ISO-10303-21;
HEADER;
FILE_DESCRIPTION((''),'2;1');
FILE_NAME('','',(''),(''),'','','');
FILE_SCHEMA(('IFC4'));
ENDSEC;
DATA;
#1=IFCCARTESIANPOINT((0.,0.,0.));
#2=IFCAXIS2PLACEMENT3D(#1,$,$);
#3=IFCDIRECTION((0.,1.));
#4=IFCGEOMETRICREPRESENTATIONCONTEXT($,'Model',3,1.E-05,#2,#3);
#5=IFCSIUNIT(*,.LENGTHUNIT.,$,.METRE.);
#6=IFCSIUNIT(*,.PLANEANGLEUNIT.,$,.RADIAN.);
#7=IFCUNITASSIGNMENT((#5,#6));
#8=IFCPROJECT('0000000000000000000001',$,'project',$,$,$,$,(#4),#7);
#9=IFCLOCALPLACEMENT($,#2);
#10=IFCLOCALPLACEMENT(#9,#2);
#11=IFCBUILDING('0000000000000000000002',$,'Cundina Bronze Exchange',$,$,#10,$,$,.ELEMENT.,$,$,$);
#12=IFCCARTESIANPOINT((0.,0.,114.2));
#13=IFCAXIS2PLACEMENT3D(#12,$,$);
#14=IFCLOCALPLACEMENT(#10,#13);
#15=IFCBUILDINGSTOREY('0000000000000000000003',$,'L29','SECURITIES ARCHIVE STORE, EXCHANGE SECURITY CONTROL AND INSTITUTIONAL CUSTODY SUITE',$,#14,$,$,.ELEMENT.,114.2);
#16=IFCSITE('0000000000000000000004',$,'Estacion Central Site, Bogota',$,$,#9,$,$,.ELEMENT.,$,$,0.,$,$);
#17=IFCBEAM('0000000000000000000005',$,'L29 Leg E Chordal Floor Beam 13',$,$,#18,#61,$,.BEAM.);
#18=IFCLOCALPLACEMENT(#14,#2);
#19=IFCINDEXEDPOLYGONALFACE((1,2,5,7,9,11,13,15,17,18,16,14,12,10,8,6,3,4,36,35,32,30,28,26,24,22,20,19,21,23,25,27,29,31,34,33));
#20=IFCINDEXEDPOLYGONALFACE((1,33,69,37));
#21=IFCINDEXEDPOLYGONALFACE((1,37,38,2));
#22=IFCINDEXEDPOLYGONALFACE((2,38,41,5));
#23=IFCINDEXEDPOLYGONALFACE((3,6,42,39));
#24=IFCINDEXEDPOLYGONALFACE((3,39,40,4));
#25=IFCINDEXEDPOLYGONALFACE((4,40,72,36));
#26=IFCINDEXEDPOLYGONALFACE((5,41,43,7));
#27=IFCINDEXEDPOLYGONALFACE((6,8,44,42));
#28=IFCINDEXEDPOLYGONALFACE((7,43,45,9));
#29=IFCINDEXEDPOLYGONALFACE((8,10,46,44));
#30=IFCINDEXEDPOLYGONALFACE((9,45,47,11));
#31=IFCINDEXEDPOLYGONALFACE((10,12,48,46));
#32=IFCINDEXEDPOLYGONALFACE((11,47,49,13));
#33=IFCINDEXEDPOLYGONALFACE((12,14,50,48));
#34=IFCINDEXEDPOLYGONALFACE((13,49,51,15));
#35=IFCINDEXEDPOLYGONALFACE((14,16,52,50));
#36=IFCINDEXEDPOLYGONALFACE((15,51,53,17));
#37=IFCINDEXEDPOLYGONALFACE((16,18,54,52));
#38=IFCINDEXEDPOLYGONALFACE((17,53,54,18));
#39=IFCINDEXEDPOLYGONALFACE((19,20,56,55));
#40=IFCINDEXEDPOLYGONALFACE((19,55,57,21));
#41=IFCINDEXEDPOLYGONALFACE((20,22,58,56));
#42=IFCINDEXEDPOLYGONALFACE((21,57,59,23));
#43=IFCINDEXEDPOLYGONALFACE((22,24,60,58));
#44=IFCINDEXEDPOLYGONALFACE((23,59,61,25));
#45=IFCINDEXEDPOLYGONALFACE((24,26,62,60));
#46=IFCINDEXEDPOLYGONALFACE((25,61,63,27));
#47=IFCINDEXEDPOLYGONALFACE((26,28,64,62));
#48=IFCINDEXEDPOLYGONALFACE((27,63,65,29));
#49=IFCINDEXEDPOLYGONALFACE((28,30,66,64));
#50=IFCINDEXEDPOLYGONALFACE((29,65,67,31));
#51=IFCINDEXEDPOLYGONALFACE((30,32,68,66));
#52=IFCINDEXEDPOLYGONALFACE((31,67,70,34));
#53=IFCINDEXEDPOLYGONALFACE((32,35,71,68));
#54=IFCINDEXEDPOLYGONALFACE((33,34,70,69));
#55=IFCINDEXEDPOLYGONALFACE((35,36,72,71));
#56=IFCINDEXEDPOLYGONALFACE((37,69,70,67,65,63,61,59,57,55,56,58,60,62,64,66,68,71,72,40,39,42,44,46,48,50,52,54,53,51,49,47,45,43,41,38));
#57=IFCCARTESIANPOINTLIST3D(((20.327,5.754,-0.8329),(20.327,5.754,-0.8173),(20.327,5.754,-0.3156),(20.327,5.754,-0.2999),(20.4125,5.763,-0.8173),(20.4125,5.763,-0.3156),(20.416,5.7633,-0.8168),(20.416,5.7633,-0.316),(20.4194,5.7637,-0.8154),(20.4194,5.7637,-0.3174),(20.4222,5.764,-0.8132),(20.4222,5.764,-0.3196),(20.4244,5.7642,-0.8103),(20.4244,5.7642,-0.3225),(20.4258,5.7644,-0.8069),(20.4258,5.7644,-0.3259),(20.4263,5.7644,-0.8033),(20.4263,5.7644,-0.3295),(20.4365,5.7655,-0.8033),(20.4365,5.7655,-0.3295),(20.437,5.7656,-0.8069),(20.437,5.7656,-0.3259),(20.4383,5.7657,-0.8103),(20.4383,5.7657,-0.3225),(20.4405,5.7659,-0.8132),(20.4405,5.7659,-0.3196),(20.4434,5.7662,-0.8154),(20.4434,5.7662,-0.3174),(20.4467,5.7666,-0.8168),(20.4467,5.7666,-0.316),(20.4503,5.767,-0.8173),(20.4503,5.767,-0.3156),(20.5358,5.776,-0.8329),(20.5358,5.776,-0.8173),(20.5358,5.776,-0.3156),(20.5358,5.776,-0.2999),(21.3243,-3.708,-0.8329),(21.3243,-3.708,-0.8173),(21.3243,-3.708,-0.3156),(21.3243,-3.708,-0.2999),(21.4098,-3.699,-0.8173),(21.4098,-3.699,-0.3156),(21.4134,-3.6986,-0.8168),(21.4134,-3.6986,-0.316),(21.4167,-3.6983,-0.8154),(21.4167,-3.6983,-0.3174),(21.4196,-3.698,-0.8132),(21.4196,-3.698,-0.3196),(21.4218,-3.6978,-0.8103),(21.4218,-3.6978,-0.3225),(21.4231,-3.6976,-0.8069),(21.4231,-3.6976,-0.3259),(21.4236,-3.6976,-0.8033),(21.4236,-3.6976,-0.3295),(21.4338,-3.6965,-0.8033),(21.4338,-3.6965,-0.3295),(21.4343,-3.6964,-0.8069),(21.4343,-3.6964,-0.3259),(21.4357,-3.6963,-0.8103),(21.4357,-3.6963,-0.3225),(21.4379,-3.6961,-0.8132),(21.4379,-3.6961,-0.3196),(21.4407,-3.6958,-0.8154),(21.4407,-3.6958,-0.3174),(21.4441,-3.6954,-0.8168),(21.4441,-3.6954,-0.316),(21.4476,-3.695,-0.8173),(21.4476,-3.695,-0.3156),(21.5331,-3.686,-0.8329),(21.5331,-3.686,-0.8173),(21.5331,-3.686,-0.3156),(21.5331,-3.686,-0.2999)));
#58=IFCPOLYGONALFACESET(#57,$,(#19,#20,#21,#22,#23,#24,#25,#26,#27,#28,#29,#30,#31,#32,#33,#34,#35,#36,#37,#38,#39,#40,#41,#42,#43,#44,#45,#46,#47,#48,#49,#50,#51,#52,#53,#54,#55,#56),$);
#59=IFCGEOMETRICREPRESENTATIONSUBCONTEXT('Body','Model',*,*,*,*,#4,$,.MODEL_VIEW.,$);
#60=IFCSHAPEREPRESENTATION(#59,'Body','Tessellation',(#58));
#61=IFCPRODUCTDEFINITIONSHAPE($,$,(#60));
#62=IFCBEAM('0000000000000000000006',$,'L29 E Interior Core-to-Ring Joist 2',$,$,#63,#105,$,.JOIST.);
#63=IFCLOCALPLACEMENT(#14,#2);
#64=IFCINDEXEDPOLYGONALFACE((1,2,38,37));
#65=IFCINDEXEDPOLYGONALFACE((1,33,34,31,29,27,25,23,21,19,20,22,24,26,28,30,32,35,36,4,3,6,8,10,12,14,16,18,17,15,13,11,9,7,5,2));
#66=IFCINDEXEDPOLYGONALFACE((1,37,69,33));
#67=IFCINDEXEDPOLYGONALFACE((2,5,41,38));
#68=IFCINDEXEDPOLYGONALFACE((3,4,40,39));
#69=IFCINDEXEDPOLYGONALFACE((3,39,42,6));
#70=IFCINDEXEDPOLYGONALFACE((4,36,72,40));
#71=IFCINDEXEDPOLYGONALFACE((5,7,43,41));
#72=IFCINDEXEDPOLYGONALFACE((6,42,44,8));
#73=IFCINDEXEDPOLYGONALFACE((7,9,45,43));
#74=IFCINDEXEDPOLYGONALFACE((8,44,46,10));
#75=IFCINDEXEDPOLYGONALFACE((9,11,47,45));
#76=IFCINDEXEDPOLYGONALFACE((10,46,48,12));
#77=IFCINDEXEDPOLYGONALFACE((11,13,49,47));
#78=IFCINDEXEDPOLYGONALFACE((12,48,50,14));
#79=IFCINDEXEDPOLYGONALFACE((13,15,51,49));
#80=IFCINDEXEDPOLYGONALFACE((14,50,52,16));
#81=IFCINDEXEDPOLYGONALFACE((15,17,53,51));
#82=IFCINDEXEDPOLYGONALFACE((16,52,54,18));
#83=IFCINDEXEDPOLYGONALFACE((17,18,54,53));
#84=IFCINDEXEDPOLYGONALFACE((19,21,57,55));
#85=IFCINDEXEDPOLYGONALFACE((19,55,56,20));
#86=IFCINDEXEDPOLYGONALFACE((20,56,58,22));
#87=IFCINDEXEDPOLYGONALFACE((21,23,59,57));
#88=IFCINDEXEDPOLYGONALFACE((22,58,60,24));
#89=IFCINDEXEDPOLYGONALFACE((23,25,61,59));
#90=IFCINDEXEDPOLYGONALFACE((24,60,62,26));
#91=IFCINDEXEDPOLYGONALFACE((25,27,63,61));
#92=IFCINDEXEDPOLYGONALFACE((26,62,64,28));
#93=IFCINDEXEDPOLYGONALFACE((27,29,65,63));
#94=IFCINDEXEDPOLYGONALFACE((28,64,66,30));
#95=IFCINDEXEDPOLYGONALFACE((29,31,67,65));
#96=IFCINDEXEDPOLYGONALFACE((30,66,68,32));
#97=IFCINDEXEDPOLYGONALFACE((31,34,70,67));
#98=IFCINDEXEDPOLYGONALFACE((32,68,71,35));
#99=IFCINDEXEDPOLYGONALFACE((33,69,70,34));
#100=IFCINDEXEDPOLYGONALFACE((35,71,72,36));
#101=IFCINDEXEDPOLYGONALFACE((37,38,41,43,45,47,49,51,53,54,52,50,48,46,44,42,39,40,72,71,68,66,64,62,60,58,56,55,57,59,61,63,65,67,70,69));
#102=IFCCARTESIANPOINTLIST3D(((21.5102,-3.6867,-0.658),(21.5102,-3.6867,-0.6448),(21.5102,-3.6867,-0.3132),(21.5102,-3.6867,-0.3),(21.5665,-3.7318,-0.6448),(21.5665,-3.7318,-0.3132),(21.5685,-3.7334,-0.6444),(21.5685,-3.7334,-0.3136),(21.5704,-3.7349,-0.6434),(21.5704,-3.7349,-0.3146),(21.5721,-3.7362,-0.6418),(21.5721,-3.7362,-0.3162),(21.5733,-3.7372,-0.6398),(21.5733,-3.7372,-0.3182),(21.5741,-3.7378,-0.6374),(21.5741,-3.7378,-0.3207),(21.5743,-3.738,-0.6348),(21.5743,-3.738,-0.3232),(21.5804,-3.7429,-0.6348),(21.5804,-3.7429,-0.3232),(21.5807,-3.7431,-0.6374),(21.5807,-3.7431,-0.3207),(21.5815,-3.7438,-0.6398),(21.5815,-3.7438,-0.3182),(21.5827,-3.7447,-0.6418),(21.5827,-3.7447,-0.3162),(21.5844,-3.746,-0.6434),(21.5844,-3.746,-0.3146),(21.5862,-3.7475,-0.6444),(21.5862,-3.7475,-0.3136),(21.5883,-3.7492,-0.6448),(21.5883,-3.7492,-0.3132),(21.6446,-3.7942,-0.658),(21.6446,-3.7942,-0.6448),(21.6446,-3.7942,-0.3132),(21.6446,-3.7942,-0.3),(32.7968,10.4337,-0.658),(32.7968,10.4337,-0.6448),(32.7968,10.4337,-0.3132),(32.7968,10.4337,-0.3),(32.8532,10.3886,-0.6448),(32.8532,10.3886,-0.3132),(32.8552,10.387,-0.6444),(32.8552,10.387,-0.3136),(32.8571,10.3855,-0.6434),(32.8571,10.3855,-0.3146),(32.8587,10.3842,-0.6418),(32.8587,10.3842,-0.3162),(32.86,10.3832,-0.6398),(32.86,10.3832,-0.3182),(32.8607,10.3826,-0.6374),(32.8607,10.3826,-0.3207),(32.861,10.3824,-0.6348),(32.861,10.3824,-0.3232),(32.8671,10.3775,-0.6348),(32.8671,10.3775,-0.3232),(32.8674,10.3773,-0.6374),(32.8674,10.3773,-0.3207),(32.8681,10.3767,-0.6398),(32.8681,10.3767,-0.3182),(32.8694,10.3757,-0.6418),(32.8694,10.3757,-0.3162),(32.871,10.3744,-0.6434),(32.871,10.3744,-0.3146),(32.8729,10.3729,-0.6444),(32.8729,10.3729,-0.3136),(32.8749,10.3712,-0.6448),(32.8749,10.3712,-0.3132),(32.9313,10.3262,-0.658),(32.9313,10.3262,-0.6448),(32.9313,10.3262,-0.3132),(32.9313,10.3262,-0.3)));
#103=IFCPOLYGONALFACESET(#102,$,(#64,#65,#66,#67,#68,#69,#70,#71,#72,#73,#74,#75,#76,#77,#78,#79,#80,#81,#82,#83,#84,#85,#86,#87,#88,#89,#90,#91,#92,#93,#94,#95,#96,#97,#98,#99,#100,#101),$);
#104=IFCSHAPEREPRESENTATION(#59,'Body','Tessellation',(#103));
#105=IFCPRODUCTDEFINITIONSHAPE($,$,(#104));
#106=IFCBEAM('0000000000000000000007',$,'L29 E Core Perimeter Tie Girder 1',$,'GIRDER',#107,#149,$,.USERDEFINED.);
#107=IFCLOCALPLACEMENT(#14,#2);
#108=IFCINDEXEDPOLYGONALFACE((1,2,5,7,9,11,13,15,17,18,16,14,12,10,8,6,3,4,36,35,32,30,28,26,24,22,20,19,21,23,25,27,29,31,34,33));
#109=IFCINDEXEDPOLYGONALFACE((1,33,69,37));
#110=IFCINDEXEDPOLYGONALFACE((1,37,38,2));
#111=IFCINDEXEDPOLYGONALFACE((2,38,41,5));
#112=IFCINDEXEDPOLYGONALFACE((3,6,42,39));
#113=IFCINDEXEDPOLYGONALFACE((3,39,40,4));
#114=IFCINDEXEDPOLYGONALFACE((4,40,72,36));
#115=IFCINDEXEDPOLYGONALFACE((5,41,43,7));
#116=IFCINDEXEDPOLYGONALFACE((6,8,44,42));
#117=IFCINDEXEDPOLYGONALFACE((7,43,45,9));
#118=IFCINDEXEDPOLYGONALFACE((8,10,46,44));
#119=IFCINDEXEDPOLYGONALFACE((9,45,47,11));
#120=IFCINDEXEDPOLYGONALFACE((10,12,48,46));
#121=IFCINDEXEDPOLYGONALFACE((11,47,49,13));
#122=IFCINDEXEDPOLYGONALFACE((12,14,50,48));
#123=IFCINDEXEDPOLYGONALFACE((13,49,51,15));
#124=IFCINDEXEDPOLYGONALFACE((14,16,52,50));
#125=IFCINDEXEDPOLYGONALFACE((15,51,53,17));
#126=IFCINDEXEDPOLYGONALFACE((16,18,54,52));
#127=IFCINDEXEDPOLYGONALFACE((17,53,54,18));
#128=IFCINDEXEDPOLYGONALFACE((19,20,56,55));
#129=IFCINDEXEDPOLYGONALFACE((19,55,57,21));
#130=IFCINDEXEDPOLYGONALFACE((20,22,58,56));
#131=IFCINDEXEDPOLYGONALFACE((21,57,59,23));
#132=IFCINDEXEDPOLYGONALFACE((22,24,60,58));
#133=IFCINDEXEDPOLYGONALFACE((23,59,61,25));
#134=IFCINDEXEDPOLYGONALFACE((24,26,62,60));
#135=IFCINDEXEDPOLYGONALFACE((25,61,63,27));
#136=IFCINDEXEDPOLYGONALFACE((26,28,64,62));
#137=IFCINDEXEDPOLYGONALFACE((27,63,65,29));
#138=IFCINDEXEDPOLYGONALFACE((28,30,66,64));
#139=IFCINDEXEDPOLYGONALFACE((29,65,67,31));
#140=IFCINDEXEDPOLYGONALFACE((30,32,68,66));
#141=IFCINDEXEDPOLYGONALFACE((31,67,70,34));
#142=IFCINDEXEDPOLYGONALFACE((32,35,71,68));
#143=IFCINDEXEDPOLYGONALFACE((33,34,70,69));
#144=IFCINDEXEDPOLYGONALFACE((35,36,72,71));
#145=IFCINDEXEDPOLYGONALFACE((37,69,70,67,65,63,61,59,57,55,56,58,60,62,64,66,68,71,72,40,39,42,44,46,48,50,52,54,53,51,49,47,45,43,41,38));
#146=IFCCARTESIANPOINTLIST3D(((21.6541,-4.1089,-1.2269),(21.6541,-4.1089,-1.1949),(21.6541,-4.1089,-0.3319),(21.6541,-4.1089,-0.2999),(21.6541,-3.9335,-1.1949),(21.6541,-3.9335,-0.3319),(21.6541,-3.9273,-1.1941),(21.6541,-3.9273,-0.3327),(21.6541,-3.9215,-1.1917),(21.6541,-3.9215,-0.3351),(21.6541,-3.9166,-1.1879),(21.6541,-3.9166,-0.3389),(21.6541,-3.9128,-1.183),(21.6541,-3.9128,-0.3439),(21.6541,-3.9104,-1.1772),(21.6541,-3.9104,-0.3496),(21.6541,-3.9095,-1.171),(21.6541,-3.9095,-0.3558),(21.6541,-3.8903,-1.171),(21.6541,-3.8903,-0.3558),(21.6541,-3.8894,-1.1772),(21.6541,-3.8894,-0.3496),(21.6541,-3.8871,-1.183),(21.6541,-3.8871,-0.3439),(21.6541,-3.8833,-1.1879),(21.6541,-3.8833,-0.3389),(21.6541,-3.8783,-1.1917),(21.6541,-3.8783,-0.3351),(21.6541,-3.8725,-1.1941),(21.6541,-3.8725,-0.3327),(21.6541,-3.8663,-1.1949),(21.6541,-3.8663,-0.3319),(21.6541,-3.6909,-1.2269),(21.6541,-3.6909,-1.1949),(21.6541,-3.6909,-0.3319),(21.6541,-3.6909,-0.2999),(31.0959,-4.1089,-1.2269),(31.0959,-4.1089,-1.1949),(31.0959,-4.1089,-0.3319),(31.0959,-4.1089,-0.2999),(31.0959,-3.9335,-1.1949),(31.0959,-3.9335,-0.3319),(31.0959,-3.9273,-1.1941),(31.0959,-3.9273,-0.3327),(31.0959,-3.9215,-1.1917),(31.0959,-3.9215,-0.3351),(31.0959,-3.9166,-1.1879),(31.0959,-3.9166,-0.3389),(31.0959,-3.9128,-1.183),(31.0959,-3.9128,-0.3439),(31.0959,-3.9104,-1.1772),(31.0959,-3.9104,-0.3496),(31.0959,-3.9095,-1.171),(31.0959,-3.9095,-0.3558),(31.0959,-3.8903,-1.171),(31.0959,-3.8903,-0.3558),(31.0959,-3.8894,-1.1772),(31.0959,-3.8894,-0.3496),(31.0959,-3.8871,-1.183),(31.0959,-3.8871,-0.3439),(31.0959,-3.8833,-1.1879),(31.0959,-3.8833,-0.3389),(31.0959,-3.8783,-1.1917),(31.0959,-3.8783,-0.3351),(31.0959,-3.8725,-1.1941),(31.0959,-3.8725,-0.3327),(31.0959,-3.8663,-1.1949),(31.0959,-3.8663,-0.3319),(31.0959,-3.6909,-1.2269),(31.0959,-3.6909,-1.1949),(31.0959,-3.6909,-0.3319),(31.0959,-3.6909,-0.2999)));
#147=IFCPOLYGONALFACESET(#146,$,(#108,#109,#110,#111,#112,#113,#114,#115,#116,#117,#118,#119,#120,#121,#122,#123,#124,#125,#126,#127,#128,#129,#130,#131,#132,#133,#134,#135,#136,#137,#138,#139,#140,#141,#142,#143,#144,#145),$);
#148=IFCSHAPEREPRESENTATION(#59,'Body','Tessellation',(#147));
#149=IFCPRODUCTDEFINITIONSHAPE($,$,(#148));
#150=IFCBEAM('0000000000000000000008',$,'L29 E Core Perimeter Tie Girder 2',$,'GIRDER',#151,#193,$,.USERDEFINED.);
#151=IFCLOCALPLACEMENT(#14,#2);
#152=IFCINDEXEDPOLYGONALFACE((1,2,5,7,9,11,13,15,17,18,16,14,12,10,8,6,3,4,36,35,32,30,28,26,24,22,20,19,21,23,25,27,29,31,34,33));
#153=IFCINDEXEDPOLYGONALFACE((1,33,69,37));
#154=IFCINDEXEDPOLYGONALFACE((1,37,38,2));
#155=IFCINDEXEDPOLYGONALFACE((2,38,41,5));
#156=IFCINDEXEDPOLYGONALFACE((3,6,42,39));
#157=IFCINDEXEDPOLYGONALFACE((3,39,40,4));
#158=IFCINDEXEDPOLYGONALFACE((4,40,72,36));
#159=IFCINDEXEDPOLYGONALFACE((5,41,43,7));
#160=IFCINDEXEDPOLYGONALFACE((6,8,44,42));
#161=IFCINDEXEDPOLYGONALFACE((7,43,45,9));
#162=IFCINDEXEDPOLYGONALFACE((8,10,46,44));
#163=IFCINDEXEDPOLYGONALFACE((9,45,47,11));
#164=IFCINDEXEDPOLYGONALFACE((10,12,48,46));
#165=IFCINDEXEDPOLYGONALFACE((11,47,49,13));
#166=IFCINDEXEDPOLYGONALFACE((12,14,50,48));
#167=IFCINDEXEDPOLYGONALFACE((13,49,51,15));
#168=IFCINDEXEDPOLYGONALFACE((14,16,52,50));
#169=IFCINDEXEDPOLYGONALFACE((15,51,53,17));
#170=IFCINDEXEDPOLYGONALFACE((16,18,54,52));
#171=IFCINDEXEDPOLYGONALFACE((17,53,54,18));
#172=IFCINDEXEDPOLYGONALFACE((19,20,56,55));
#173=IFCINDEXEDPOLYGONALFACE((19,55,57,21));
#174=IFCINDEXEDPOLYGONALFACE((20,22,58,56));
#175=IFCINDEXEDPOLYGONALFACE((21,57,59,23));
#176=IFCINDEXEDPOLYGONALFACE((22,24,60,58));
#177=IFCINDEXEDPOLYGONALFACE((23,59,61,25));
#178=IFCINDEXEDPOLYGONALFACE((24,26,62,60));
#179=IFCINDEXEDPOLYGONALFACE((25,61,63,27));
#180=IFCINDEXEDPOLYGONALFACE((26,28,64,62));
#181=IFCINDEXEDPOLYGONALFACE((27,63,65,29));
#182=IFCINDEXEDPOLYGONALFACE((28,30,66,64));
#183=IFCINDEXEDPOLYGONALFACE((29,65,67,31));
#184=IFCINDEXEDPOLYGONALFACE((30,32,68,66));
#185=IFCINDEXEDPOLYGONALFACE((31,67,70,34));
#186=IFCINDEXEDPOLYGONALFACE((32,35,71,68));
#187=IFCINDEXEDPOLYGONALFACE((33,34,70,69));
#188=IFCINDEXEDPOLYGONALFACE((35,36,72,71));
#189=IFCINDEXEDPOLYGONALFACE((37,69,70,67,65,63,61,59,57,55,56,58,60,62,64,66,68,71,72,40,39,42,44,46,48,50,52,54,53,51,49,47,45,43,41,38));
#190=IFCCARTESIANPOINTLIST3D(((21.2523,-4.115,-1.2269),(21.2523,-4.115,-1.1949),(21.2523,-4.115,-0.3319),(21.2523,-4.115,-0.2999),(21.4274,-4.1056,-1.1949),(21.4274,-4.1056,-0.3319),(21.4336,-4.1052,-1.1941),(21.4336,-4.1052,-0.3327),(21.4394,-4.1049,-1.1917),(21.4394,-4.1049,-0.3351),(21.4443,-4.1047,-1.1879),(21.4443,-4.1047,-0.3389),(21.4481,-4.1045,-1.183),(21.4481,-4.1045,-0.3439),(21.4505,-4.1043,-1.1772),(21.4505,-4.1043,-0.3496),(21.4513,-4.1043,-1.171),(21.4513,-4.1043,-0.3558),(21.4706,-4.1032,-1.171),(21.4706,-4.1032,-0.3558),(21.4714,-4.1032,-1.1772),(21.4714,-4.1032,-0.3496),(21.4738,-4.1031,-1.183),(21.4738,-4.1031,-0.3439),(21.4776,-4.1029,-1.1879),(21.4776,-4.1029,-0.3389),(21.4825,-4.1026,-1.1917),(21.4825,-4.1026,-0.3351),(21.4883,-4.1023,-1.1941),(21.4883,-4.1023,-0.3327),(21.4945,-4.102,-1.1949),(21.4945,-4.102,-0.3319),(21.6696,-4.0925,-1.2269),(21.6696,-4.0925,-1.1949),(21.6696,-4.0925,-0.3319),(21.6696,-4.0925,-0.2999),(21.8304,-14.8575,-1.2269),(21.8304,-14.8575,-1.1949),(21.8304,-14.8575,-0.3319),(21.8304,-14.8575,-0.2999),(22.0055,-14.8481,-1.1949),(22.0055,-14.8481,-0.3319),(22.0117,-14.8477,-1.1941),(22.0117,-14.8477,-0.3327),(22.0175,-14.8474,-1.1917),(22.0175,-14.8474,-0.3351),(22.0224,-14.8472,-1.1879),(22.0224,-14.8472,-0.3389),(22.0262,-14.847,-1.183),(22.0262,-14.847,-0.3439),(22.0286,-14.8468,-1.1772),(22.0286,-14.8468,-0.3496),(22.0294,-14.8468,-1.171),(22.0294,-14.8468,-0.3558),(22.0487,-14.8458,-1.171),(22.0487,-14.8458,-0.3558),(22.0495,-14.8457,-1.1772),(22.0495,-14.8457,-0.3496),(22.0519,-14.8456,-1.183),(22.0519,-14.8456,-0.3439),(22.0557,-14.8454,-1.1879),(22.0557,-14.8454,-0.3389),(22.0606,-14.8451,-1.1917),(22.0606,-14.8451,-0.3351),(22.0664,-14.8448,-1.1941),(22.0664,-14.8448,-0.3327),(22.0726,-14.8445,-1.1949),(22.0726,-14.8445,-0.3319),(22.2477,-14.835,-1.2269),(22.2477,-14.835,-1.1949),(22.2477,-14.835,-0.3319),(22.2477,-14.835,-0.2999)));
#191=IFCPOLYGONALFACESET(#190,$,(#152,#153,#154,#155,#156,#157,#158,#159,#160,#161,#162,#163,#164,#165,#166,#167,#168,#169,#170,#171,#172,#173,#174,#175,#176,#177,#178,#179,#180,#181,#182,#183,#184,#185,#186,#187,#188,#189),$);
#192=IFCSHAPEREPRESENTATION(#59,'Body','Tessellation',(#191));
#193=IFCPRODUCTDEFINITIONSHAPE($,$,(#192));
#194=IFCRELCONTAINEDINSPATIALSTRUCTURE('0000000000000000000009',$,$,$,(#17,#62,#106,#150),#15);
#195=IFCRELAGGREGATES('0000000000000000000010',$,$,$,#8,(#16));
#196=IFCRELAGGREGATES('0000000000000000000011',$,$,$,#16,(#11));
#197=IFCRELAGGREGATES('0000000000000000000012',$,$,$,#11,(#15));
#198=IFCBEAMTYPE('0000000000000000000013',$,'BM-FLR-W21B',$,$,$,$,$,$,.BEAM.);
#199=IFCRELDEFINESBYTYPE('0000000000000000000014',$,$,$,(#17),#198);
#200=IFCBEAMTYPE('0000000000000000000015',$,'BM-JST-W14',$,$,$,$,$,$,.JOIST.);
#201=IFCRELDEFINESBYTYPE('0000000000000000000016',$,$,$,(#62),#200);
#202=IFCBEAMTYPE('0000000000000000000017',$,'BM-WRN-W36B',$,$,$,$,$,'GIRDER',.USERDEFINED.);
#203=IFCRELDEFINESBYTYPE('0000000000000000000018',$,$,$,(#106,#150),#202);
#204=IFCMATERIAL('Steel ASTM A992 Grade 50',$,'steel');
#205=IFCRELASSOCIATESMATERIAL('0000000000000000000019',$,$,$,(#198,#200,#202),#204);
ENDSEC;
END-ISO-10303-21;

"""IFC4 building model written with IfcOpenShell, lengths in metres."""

from ifc_helpers import new_model, si_unit, direction, frame, origin, origin_2d, place, context, subcontext, project, spatial, i_section, extrude, material, material_profile, profile_set, type_object, element, save


model = new_model("IFC4")

# Units and contexts
model_context = context("Model", 3, precision=1e-05, world=origin(), true_north=direction((0.0, 1.0)))
body_context = subcontext(model_context, "Body", "Model", "MODEL_VIEW")
ifc_project = project(units=[si_unit("LENGTHUNIT", "METRE"), si_unit("PLANEANGLEUNIT", "RADIAN")], contexts=[model_context])

# Site, building, storey
site_placement = place(None, origin())
site = spatial("IfcSite", under=ifc_project, at=site_placement, Name="Estacion Central Site, Bogota", CompositionType="ELEMENT", RefElevation=0.0)
building_placement = place(site_placement, origin())
building = spatial("IfcBuilding", under=site, at=building_placement, Name="Cundina Bronze Exchange", CompositionType="ELEMENT")
storey_placement = place(building_placement, frame((0.0, 0.0, 114.2)))
storey = spatial("IfcBuildingStorey", under=building, at=storey_placement, Name="L29", Description="SECURITIES ARCHIVE STORE, EXCHANGE SECURITY CONTROL AND INSTITUTIONAL CUSTODY SUITE", CompositionType="ELEMENT", Elevation=114.2)

# Shared definitions
ifc_material_1 = material(Name="Steel ASTM A992 Grade 50", Category="steel")

# Beams
ifc_material_profile_1 = material_profile(ifc_material_1, i_section(OverallWidth=0.21, OverallDepth=0.533, WebThickness=0.0103, FlangeThickness=0.0156, FilletRadius=0.0139, at=origin_2d()), Name="W21X62", Category="steel")
ifc_profile_set_1 = profile_set([ifc_material_profile_1], Name="Steel ASTM A992 Grade 50")
beam_type_1 = type_object("IfcBeamType", Name="BM-FLR-W21B", PredefinedType="BEAM", material=ifc_profile_set_1)
beam_1_placement = place(storey_placement, frame((21.4287, -3.697, -0.5664), z_axis=(-0.104822, 0.994491, 0.0), x_axis=(-0.994491, -0.104822, 0.0)))
element("IfcBeam", 1, at=beam_1_placement, inside=storey, type_object=beam_type_1, Name="L29 Leg E Chordal Floor Beam 13", PredefinedType="BEAM", context=body_context, shape_type="SweptSolid", body=[
    extrude(i_section(OverallWidth=0.21, OverallDepth=0.533, WebThickness=0.0103, FlangeThickness=0.0156, FilletRadius=0.0139, at=origin_2d()), origin(), (0.0, 0.0, 1.0), 9.5144),
])
ifc_material_profile_2 = material_profile(ifc_material_1, i_section(OverallWidth=0.1721, OverallDepth=0.3579, WebThickness=0.0078, FlangeThickness=0.0132, FilletRadius=0.01, at=origin_2d()), Name="W14X38", Category="steel")
ifc_profile_set_2 = profile_set([ifc_material_profile_2], Name="Steel ASTM A992 Grade 50")
beam_type_2 = type_object("IfcBeamType", Name="BM-JST-W14", PredefinedType="JOIST", material=ifc_profile_set_2)
beam_2_placement = place(storey_placement, frame((21.5774, -3.7405, -0.479), z_axis=(0.624369, 0.78113, 0.0), x_axis=(-0.78113, 0.624369, 0.0)))
element("IfcBeam", 2, at=beam_2_placement, inside=storey, type_object=beam_type_2, Name="L29 E Interior Core-to-Ring Joist 2", PredefinedType="JOIST", context=body_context, shape_type="SweptSolid", body=[
    extrude(i_section(OverallWidth=0.1721, OverallDepth=0.3579, WebThickness=0.0078, FlangeThickness=0.0132, FilletRadius=0.01, at=origin_2d()), origin(), (0.0, 0.0, 1.0), 18.0769),
])
ifc_material_profile_3 = material_profile(ifc_material_1, i_section(OverallWidth=0.418, OverallDepth=0.927, WebThickness=0.0193, FlangeThickness=0.032, FilletRadius=0.0239, at=origin_2d()), Name="W36X231", Category="steel")
ifc_profile_set_3 = profile_set([ifc_material_profile_3], Name="Steel ASTM A992 Grade 50")
beam_type_3 = type_object("IfcBeamType", Name="BM-WRN-W36B", ElementType="GIRDER", PredefinedType="USERDEFINED", material=ifc_profile_set_3)
beam_3_placement = place(storey_placement, frame((31.0959, -3.8999, -0.7634), z_axis=(-1.0, 0.0, 0.0), x_axis=(0.0, -1.0, 0.0)))
element("IfcBeam", 3, at=beam_3_placement, inside=storey, type_object=beam_type_3, Name="L29 E Core Perimeter Tie Girder 1", ObjectType="GIRDER", PredefinedType="USERDEFINED", context=body_context, shape_type="SweptSolid", body=[
    extrude(i_section(OverallWidth=0.418, OverallDepth=0.927, WebThickness=0.0193, FlangeThickness=0.032, FilletRadius=0.0239, at=origin_2d()), origin(), (0.0, 0.0, 1.0), 9.4419),
])
beam_4_placement = place(storey_placement, frame((21.4609, -4.1038, -0.7634), z_axis=(0.053739, -0.998555, 0.0), x_axis=(0.998555, 0.053739, 0.0)))
element("IfcBeam", 4, at=beam_4_placement, inside=storey, type_object=beam_type_3, Name="L29 E Core Perimeter Tie Girder 2", ObjectType="GIRDER", PredefinedType="USERDEFINED", context=body_context, shape_type="SweptSolid", body=[
    extrude(i_section(OverallWidth=0.418, OverallDepth=0.927, WebThickness=0.0193, FlangeThickness=0.032, FilletRadius=0.0239, at=origin_2d()), origin(), (0.0, 0.0, 1.0), 10.7581),
])

save(model, "model.ifc")
